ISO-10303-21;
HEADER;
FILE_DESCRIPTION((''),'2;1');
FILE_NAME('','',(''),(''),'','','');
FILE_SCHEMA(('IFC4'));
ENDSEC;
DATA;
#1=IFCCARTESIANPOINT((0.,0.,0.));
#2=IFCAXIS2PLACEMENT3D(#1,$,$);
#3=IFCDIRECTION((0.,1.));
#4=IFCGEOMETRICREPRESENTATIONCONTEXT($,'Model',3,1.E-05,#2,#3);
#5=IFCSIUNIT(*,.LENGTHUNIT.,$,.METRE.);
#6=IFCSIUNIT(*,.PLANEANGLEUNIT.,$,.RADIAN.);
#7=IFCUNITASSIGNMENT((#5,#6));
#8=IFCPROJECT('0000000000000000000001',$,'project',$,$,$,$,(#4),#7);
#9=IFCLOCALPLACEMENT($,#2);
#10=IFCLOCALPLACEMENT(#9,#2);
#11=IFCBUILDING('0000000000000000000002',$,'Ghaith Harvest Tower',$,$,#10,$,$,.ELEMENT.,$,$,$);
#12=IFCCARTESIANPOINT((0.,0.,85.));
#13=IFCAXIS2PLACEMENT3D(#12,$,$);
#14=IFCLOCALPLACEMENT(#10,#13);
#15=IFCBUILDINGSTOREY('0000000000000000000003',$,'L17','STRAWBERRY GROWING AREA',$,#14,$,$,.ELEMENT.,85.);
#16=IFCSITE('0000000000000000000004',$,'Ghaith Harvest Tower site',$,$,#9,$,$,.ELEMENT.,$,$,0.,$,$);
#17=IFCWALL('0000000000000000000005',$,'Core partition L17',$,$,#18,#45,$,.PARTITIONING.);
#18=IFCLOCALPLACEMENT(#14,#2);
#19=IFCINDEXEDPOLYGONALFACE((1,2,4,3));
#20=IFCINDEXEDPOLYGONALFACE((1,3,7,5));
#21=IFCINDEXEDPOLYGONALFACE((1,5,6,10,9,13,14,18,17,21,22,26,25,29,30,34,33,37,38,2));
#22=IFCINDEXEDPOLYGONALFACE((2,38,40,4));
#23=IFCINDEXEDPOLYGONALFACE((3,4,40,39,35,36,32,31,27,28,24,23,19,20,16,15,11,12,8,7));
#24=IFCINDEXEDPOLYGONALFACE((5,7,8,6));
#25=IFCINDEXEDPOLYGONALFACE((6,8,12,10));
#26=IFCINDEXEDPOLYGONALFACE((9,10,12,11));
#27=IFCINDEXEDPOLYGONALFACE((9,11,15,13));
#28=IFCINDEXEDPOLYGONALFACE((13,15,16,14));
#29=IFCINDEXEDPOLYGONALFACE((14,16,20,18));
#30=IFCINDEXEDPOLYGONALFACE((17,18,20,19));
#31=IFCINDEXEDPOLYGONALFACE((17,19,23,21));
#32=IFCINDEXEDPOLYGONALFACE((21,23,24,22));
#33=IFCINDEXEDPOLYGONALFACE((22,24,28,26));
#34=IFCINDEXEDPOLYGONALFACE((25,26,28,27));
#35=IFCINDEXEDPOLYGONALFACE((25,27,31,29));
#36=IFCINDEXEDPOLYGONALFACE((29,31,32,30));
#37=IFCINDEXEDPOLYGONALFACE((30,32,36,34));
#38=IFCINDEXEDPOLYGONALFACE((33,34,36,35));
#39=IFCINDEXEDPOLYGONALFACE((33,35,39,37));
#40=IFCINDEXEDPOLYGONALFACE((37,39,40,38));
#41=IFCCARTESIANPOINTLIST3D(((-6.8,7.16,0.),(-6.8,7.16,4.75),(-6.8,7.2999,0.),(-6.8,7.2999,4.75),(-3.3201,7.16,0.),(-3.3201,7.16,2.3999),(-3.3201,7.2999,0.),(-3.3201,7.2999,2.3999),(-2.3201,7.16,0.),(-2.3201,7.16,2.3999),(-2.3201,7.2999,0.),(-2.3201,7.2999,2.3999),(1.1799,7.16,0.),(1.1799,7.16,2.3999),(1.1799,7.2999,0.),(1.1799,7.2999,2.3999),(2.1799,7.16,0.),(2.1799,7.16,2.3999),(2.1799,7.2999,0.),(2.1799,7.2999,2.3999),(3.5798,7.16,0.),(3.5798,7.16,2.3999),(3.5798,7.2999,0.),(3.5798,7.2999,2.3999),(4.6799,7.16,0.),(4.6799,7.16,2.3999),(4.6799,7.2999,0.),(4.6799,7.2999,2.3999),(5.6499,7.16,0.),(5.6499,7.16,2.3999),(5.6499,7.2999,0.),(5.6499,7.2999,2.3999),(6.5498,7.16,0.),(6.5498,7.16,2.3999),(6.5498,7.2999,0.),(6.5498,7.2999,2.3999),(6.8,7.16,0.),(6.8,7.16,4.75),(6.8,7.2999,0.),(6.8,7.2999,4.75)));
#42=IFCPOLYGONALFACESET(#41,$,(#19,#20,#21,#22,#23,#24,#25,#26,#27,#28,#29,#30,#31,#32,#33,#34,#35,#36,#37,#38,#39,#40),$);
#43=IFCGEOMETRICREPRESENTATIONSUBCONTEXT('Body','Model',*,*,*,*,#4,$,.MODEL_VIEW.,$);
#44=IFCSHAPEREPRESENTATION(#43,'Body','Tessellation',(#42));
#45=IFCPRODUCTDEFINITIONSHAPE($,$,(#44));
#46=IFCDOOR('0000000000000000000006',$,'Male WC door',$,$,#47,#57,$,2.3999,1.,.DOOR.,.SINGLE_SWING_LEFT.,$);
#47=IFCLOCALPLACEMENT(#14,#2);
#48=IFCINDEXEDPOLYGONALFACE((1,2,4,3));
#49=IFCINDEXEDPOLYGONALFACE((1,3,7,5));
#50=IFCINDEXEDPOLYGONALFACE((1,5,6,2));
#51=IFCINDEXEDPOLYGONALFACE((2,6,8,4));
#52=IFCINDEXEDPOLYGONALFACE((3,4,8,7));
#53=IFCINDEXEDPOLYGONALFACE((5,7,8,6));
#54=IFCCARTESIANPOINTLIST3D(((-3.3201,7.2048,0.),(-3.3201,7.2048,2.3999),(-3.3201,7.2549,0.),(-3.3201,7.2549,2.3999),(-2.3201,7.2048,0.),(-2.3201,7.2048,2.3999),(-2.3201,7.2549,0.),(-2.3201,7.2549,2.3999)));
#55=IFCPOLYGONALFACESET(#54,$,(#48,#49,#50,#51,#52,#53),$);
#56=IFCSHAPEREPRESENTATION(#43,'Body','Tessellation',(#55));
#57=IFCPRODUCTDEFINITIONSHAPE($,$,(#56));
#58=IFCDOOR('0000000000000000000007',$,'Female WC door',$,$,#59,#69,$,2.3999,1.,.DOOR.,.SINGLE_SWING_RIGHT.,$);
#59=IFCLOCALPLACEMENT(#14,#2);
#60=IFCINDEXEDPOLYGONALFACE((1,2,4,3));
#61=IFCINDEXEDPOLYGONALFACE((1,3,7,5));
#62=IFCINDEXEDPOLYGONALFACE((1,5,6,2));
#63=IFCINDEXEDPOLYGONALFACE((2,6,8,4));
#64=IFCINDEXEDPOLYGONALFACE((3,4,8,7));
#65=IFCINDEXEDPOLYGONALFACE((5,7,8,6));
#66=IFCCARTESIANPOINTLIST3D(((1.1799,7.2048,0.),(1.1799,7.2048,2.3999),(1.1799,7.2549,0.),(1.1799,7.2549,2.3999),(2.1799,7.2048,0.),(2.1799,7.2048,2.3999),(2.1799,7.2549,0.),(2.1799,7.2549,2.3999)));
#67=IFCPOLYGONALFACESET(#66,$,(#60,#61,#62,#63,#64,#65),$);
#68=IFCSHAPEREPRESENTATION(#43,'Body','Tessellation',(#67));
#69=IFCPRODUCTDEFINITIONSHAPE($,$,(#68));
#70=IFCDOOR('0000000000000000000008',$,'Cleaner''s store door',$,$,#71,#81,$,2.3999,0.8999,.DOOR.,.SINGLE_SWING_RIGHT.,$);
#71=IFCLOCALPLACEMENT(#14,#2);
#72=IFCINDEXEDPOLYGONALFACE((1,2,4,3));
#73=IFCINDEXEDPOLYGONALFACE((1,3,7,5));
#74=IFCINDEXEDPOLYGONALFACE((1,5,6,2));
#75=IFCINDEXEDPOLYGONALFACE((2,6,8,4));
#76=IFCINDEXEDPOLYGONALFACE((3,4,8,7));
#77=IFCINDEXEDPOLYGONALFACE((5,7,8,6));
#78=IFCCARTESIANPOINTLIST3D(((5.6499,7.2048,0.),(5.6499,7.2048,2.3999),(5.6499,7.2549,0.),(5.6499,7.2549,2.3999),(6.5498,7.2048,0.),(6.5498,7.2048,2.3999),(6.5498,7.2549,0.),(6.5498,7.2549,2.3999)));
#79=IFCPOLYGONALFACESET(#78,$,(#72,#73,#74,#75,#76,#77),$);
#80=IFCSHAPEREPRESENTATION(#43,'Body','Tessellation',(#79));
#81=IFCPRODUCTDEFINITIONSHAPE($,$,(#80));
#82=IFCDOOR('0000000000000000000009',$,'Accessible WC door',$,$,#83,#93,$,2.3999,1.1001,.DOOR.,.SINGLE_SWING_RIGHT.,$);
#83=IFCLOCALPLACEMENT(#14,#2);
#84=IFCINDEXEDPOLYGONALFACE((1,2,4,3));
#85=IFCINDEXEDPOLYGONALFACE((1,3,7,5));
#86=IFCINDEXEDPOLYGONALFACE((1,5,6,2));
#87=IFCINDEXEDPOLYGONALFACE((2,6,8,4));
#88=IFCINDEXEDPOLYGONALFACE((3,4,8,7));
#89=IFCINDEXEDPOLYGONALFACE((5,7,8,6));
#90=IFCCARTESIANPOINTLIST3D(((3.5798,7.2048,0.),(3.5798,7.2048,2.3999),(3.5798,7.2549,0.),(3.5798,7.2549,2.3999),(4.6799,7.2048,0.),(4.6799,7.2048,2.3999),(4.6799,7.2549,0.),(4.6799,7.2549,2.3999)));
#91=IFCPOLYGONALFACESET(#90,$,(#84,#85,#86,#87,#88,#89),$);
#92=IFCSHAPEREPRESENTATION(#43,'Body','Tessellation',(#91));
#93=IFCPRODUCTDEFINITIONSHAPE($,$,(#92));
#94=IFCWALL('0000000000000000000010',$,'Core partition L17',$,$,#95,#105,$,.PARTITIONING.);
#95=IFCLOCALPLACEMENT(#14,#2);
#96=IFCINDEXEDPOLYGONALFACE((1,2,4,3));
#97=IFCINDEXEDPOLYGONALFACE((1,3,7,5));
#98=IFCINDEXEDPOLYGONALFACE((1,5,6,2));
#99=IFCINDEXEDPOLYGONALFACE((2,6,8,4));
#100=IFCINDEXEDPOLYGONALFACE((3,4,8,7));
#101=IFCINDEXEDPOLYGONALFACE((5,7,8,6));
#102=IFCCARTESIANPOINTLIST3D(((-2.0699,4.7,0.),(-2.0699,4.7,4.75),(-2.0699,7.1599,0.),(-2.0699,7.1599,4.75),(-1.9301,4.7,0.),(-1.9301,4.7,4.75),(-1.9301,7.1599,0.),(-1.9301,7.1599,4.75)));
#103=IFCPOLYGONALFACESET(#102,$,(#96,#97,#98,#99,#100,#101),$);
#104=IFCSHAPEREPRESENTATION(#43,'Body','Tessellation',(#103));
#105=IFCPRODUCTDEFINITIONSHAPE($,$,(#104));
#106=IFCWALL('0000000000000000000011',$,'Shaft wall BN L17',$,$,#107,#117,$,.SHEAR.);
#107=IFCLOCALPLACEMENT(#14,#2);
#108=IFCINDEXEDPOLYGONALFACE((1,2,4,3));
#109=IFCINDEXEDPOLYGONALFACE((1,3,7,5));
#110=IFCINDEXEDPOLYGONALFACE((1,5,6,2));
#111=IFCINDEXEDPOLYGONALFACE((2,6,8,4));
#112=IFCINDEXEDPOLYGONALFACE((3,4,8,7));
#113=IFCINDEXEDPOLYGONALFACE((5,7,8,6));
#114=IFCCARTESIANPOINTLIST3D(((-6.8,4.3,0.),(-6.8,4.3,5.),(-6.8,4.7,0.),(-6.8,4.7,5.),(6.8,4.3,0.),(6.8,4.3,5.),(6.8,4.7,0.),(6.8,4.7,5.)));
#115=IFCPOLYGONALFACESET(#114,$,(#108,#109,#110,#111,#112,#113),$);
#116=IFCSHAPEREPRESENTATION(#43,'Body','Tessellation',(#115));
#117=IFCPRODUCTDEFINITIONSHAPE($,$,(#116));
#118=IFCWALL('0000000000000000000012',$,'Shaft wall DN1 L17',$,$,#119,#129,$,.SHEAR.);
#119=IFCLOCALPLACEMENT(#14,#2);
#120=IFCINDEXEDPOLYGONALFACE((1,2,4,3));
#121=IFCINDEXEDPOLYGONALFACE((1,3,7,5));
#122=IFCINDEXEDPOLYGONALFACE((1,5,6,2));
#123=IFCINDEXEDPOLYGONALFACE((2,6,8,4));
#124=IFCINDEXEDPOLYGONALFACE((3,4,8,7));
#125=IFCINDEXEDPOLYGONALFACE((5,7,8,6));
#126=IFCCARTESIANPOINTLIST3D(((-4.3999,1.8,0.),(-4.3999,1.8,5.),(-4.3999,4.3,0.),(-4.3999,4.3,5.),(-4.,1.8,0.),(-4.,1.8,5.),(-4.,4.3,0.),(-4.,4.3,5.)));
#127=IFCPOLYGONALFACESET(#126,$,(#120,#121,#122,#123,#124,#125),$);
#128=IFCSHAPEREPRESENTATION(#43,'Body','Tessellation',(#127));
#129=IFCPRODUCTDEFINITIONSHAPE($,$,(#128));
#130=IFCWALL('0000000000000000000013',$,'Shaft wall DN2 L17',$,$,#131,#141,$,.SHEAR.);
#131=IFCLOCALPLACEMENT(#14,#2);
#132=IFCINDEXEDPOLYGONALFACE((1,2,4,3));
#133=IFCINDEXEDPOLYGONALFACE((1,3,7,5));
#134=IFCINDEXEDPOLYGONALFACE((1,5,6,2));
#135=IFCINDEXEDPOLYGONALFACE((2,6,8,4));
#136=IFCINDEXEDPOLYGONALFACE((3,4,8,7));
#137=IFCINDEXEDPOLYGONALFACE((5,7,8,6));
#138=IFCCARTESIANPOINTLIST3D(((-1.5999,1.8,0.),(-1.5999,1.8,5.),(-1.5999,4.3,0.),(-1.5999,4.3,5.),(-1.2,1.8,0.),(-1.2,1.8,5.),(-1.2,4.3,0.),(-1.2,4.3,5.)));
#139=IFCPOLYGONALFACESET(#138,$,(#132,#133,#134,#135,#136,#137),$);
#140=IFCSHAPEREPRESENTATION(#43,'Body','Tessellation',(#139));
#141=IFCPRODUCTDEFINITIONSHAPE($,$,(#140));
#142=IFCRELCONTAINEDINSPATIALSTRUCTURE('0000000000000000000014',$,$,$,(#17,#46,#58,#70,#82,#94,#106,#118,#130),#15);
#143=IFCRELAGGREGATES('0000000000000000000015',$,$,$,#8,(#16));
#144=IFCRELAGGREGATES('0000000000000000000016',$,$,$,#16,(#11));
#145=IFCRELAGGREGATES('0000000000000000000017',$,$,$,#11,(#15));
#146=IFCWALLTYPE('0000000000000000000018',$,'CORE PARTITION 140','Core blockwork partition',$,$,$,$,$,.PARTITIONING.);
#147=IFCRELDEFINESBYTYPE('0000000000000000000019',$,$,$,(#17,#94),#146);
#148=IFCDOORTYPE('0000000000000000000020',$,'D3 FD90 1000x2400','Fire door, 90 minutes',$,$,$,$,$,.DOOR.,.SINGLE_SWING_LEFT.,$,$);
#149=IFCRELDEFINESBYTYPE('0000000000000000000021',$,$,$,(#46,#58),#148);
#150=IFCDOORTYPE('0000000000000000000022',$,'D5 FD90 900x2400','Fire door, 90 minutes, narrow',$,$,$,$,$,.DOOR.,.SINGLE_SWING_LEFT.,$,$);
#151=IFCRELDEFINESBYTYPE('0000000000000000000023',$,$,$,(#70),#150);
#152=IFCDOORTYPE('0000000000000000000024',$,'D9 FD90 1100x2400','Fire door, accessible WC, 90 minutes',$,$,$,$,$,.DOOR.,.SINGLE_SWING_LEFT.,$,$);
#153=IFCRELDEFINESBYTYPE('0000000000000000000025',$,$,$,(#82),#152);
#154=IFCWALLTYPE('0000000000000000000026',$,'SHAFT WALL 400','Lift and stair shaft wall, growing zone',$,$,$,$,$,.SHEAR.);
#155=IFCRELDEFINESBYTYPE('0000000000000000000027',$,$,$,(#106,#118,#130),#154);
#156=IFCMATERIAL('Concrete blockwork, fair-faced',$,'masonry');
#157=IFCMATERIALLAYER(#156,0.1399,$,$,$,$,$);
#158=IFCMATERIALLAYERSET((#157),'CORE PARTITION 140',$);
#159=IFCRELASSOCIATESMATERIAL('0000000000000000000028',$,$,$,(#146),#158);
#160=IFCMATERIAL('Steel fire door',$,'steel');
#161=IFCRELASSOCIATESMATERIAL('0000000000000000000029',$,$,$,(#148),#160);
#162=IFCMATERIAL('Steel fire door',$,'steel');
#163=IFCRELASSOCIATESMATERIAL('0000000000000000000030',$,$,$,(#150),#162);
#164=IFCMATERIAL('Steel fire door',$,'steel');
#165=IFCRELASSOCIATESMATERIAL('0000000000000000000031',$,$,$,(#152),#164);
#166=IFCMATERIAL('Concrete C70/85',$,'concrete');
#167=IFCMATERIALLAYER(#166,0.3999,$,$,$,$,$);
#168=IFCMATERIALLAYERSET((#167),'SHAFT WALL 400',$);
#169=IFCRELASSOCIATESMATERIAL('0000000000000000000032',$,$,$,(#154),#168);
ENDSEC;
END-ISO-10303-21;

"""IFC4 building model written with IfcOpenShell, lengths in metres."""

from ifc_helpers import new_model, si_unit, direction, frame, frame_2d, origin, place, context, subcontext, project, spatial, rectangle, extrude, material, layer, layer_set, type_object, element, fill, save


model = new_model("IFC4")

# Units and contexts
model_context = context("Model", 3, precision=1e-05, world=origin(), true_north=direction((0.0, 1.0)))
body_context = subcontext(model_context, "Body", "Model", "MODEL_VIEW")
ifc_project = project(units=[si_unit("LENGTHUNIT", "METRE"), si_unit("PLANEANGLEUNIT", "RADIAN")], contexts=[model_context])

# Site, building, storey
site_placement = place(None, origin())
site = spatial("IfcSite", under=ifc_project, at=site_placement, Name="Ghaith Harvest Tower site", CompositionType="ELEMENT", RefElevation=0.0)
building_placement = place(site_placement, origin())
building = spatial("IfcBuilding", under=site, at=building_placement, Name="Ghaith Harvest Tower", CompositionType="ELEMENT")
storey_placement = place(building_placement, frame((0.0, 0.0, 85.0)))
storey = spatial("IfcBuildingStorey", under=building, at=storey_placement, Name="L17", Description="STRAWBERRY GROWING AREA", CompositionType="ELEMENT", Elevation=85.0)

# Wall, openings, doors
ifc_material_1 = material(Name="Concrete blockwork, fair-faced", Category="masonry")
ifc_layer_1 = layer(ifc_material_1, 0.1399)
ifc_layer_set_1 = layer_set([ifc_layer_1], Name="CORE PARTITION 140")
wall_type_1 = type_object("IfcWallType", Name="CORE PARTITION 140", Description="Core blockwork partition", PredefinedType="PARTITIONING", material=ifc_layer_set_1)
wall_1_placement = place(storey_placement, frame((-6.8, 7.23, 0.0), z_axis=(0.0, 0.0, 1.0), x_axis=(1.0, 0.0, 0.0)))
wall_1 = element("IfcWall", 1, at=wall_1_placement, inside=storey, type_object=wall_type_1, Name="Core partition L17", PredefinedType="PARTITIONING", context=body_context, shape_type="SweptSolid", body=[
    extrude(rectangle(XDim=13.6001, YDim=0.1399, at=frame_2d((6.8, 0.0))), origin(), (0.0, 0.0, 1.0), 4.75),
])
opening_1_placement = place(wall_1_placement, frame((3.48, 0.0, 0.0)))
opening_1 = element("IfcOpeningElement", 2, at=opening_1_placement, cuts=wall_1, PredefinedType="OPENING", context=body_context, shape_type="SweptSolid", body=[
    extrude(rectangle(XDim=1.0, YDim=2.3999, at=frame_2d((0.5, 1.2))), frame((0.0, 0.0801, 0.0), z_axis=(0.0, -1.0, 0.0), x_axis=(1.0, 0.0, 0.0)), (0.0, 0.0, 1.0), 0.1599),
])
opening_2_placement = place(wall_1_placement, frame((7.98, 0.0, 0.0)))
opening_2 = element("IfcOpeningElement", 3, at=opening_2_placement, cuts=wall_1, PredefinedType="OPENING", context=body_context, shape_type="SweptSolid", body=[
    extrude(rectangle(XDim=1.0, YDim=2.3999, at=frame_2d((0.5, 1.2))), frame((0.0, 0.0801, 0.0), z_axis=(0.0, -1.0, 0.0), x_axis=(1.0, 0.0, 0.0)), (0.0, 0.0, 1.0), 0.1599),
])
opening_3_placement = place(wall_1_placement, frame((10.3799, 0.0, 0.0)))
opening_3 = element("IfcOpeningElement", 4, at=opening_3_placement, cuts=wall_1, PredefinedType="OPENING", context=body_context, shape_type="SweptSolid", body=[
    extrude(rectangle(XDim=1.1001, YDim=2.3999, at=frame_2d((0.55, 1.2))), frame((0.0, 0.0801, 0.0), z_axis=(0.0, -1.0, 0.0), x_axis=(1.0, 0.0, 0.0)), (0.0, 0.0, 1.0), 0.1599),
])
opening_4_placement = place(wall_1_placement, frame((12.45, 0.0, 0.0)))
opening_4 = element("IfcOpeningElement", 5, at=opening_4_placement, cuts=wall_1, PredefinedType="OPENING", context=body_context, shape_type="SweptSolid", body=[
    extrude(rectangle(XDim=0.8999, YDim=2.3999, at=frame_2d((0.45, 1.2))), frame((0.0, 0.0801, 0.0), z_axis=(0.0, -1.0, 0.0), x_axis=(1.0, 0.0, 0.0)), (0.0, 0.0, 1.0), 0.1599),
])
ifc_material_2 = material(Name="Steel fire door", Category="steel")
door_type_1 = type_object("IfcDoorType", Name="D3 FD90 1000x2400", Description="Fire door, 90 minutes", OperationType="SINGLE_SWING_LEFT", PredefinedType="DOOR", material=ifc_material_2)
door_1_placement = place(opening_1_placement, origin())
door_1 = element("IfcDoor", 6, at=door_1_placement, inside=storey, type_object=door_type_1, Name="Male WC door", OperationType="SINGLE_SWING_LEFT", OverallHeight=2.3999, OverallWidth=1.0, PredefinedType="DOOR", context=body_context, shape_type="SweptSolid", body=[
    extrude(rectangle(XDim=1.0, YDim=2.3999, at=frame_2d((0.5, 1.2))), frame((0.0, 0.0249, 0.0), z_axis=(0.0, -1.0, 0.0), x_axis=(1.0, 0.0, 0.0)), (0.0, 0.0, 1.0), 0.05),
])
fill(opening_1, door_1)
door_2_placement = place(opening_2_placement, origin())
door_2 = element("IfcDoor", 7, at=door_2_placement, inside=storey, type_object=door_type_1, Name="Female WC door", OperationType="SINGLE_SWING_RIGHT", OverallHeight=2.3999, OverallWidth=1.0, PredefinedType="DOOR", context=body_context, shape_type="SweptSolid", body=[
    extrude(rectangle(XDim=1.0, YDim=2.3999, at=frame_2d((0.5, 1.2))), frame((0.0, 0.0249, 0.0), z_axis=(0.0, -1.0, 0.0), x_axis=(1.0, 0.0, 0.0)), (0.0, 0.0, 1.0), 0.05),
])
fill(opening_2, door_2)
ifc_material_3 = material(Name="Steel fire door", Category="steel")
door_type_2 = type_object("IfcDoorType", Name="D5 FD90 900x2400", Description="Fire door, 90 minutes, narrow", OperationType="SINGLE_SWING_LEFT", PredefinedType="DOOR", material=ifc_material_3)
door_3_placement = place(opening_4_placement, origin())
door_3 = element("IfcDoor", 8, at=door_3_placement, inside=storey, type_object=door_type_2, Name="Cleaner's store door", OperationType="SINGLE_SWING_RIGHT", OverallHeight=2.3999, OverallWidth=0.8999, PredefinedType="DOOR", context=body_context, shape_type="SweptSolid", body=[
    extrude(rectangle(XDim=0.8999, YDim=2.3999, at=frame_2d((0.45, 1.2))), frame((0.0, 0.0249, 0.0), z_axis=(0.0, -1.0, 0.0), x_axis=(1.0, 0.0, 0.0)), (0.0, 0.0, 1.0), 0.05),
])
fill(opening_4, door_3)
ifc_material_4 = material(Name="Steel fire door", Category="steel")
door_type_3 = type_object("IfcDoorType", Name="D9 FD90 1100x2400", Description="Fire door, accessible WC, 90 minutes", OperationType="SINGLE_SWING_LEFT", PredefinedType="DOOR", material=ifc_material_4)
door_4_placement = place(opening_3_placement, origin())
door_4 = element("IfcDoor", 9, at=door_4_placement, inside=storey, type_object=door_type_3, Name="Accessible WC door", OperationType="SINGLE_SWING_RIGHT", OverallHeight=2.3999, OverallWidth=1.1001, PredefinedType="DOOR", context=body_context, shape_type="SweptSolid", body=[
    extrude(rectangle(XDim=1.1001, YDim=2.3999, at=frame_2d((0.55, 1.2))), frame((0.0, 0.0249, 0.0), z_axis=(0.0, -1.0, 0.0), x_axis=(1.0, 0.0, 0.0)), (0.0, 0.0, 1.0), 0.05),
])
fill(opening_3, door_4)

# Walls
wall_2_placement = place(storey_placement, frame((-2.0, 4.7, 0.0), z_axis=(0.0, 0.0, 1.0), x_axis=(0.0, 1.0, 0.0)))
element("IfcWall", 10, at=wall_2_placement, inside=storey, type_object=wall_type_1, Name="Core partition L17", PredefinedType="PARTITIONING", context=body_context, shape_type="SweptSolid", body=[
    extrude(rectangle(XDim=2.46, YDim=0.1399, at=frame_2d((1.23, 0.0))), origin(), (0.0, 0.0, 1.0), 4.75),
])
ifc_material_5 = material(Name="Concrete C70/85", Category="concrete")
ifc_layer_2 = layer(ifc_material_5, 0.3999)
ifc_layer_set_2 = layer_set([ifc_layer_2], Name="SHAFT WALL 400")
wall_type_2 = type_object("IfcWallType", Name="SHAFT WALL 400", Description="Lift and stair shaft wall, growing zone", PredefinedType="SHEAR", material=ifc_layer_set_2)
wall_3_placement = place(storey_placement, frame((-6.8, 4.5, 0.0), z_axis=(0.0, 0.0, 1.0), x_axis=(1.0, 0.0, 0.0)))
element("IfcWall", 11, at=wall_3_placement, inside=storey, type_object=wall_type_2, Name="Shaft wall BN L17", PredefinedType="SHEAR", context=body_context, shape_type="SweptSolid", body=[
    extrude(rectangle(XDim=13.6001, YDim=0.3999, at=frame_2d((6.8, 0.0))), origin(), (0.0, 0.0, 1.0), 5.0),
])
for number, where, z_axis, x_axis, name in (
    (12, (-4.2, 1.8, 0.0), (0.0, 0.0, 1.0), (0.0, 1.0, 0.0), "Shaft wall DN1 L17"),
    (13, (-1.3999, 1.8, 0.0), (0.0, 0.0, 1.0), (0.0, 1.0, 0.0), "Shaft wall DN2 L17"),
):
    element("IfcWall", number, at=place(storey_placement, frame(where, z_axis=z_axis, x_axis=x_axis)), inside=storey, type_object=wall_type_2, Name=name, PredefinedType="SHEAR", context=body_context, shape_type="SweptSolid", body=[
        extrude(rectangle(XDim=2.5, YDim=0.3999, at=frame_2d((1.25, 0.0))), origin(), (0.0, 0.0, 1.0), 5.0),
    ])

save(model, "model.ifc")
